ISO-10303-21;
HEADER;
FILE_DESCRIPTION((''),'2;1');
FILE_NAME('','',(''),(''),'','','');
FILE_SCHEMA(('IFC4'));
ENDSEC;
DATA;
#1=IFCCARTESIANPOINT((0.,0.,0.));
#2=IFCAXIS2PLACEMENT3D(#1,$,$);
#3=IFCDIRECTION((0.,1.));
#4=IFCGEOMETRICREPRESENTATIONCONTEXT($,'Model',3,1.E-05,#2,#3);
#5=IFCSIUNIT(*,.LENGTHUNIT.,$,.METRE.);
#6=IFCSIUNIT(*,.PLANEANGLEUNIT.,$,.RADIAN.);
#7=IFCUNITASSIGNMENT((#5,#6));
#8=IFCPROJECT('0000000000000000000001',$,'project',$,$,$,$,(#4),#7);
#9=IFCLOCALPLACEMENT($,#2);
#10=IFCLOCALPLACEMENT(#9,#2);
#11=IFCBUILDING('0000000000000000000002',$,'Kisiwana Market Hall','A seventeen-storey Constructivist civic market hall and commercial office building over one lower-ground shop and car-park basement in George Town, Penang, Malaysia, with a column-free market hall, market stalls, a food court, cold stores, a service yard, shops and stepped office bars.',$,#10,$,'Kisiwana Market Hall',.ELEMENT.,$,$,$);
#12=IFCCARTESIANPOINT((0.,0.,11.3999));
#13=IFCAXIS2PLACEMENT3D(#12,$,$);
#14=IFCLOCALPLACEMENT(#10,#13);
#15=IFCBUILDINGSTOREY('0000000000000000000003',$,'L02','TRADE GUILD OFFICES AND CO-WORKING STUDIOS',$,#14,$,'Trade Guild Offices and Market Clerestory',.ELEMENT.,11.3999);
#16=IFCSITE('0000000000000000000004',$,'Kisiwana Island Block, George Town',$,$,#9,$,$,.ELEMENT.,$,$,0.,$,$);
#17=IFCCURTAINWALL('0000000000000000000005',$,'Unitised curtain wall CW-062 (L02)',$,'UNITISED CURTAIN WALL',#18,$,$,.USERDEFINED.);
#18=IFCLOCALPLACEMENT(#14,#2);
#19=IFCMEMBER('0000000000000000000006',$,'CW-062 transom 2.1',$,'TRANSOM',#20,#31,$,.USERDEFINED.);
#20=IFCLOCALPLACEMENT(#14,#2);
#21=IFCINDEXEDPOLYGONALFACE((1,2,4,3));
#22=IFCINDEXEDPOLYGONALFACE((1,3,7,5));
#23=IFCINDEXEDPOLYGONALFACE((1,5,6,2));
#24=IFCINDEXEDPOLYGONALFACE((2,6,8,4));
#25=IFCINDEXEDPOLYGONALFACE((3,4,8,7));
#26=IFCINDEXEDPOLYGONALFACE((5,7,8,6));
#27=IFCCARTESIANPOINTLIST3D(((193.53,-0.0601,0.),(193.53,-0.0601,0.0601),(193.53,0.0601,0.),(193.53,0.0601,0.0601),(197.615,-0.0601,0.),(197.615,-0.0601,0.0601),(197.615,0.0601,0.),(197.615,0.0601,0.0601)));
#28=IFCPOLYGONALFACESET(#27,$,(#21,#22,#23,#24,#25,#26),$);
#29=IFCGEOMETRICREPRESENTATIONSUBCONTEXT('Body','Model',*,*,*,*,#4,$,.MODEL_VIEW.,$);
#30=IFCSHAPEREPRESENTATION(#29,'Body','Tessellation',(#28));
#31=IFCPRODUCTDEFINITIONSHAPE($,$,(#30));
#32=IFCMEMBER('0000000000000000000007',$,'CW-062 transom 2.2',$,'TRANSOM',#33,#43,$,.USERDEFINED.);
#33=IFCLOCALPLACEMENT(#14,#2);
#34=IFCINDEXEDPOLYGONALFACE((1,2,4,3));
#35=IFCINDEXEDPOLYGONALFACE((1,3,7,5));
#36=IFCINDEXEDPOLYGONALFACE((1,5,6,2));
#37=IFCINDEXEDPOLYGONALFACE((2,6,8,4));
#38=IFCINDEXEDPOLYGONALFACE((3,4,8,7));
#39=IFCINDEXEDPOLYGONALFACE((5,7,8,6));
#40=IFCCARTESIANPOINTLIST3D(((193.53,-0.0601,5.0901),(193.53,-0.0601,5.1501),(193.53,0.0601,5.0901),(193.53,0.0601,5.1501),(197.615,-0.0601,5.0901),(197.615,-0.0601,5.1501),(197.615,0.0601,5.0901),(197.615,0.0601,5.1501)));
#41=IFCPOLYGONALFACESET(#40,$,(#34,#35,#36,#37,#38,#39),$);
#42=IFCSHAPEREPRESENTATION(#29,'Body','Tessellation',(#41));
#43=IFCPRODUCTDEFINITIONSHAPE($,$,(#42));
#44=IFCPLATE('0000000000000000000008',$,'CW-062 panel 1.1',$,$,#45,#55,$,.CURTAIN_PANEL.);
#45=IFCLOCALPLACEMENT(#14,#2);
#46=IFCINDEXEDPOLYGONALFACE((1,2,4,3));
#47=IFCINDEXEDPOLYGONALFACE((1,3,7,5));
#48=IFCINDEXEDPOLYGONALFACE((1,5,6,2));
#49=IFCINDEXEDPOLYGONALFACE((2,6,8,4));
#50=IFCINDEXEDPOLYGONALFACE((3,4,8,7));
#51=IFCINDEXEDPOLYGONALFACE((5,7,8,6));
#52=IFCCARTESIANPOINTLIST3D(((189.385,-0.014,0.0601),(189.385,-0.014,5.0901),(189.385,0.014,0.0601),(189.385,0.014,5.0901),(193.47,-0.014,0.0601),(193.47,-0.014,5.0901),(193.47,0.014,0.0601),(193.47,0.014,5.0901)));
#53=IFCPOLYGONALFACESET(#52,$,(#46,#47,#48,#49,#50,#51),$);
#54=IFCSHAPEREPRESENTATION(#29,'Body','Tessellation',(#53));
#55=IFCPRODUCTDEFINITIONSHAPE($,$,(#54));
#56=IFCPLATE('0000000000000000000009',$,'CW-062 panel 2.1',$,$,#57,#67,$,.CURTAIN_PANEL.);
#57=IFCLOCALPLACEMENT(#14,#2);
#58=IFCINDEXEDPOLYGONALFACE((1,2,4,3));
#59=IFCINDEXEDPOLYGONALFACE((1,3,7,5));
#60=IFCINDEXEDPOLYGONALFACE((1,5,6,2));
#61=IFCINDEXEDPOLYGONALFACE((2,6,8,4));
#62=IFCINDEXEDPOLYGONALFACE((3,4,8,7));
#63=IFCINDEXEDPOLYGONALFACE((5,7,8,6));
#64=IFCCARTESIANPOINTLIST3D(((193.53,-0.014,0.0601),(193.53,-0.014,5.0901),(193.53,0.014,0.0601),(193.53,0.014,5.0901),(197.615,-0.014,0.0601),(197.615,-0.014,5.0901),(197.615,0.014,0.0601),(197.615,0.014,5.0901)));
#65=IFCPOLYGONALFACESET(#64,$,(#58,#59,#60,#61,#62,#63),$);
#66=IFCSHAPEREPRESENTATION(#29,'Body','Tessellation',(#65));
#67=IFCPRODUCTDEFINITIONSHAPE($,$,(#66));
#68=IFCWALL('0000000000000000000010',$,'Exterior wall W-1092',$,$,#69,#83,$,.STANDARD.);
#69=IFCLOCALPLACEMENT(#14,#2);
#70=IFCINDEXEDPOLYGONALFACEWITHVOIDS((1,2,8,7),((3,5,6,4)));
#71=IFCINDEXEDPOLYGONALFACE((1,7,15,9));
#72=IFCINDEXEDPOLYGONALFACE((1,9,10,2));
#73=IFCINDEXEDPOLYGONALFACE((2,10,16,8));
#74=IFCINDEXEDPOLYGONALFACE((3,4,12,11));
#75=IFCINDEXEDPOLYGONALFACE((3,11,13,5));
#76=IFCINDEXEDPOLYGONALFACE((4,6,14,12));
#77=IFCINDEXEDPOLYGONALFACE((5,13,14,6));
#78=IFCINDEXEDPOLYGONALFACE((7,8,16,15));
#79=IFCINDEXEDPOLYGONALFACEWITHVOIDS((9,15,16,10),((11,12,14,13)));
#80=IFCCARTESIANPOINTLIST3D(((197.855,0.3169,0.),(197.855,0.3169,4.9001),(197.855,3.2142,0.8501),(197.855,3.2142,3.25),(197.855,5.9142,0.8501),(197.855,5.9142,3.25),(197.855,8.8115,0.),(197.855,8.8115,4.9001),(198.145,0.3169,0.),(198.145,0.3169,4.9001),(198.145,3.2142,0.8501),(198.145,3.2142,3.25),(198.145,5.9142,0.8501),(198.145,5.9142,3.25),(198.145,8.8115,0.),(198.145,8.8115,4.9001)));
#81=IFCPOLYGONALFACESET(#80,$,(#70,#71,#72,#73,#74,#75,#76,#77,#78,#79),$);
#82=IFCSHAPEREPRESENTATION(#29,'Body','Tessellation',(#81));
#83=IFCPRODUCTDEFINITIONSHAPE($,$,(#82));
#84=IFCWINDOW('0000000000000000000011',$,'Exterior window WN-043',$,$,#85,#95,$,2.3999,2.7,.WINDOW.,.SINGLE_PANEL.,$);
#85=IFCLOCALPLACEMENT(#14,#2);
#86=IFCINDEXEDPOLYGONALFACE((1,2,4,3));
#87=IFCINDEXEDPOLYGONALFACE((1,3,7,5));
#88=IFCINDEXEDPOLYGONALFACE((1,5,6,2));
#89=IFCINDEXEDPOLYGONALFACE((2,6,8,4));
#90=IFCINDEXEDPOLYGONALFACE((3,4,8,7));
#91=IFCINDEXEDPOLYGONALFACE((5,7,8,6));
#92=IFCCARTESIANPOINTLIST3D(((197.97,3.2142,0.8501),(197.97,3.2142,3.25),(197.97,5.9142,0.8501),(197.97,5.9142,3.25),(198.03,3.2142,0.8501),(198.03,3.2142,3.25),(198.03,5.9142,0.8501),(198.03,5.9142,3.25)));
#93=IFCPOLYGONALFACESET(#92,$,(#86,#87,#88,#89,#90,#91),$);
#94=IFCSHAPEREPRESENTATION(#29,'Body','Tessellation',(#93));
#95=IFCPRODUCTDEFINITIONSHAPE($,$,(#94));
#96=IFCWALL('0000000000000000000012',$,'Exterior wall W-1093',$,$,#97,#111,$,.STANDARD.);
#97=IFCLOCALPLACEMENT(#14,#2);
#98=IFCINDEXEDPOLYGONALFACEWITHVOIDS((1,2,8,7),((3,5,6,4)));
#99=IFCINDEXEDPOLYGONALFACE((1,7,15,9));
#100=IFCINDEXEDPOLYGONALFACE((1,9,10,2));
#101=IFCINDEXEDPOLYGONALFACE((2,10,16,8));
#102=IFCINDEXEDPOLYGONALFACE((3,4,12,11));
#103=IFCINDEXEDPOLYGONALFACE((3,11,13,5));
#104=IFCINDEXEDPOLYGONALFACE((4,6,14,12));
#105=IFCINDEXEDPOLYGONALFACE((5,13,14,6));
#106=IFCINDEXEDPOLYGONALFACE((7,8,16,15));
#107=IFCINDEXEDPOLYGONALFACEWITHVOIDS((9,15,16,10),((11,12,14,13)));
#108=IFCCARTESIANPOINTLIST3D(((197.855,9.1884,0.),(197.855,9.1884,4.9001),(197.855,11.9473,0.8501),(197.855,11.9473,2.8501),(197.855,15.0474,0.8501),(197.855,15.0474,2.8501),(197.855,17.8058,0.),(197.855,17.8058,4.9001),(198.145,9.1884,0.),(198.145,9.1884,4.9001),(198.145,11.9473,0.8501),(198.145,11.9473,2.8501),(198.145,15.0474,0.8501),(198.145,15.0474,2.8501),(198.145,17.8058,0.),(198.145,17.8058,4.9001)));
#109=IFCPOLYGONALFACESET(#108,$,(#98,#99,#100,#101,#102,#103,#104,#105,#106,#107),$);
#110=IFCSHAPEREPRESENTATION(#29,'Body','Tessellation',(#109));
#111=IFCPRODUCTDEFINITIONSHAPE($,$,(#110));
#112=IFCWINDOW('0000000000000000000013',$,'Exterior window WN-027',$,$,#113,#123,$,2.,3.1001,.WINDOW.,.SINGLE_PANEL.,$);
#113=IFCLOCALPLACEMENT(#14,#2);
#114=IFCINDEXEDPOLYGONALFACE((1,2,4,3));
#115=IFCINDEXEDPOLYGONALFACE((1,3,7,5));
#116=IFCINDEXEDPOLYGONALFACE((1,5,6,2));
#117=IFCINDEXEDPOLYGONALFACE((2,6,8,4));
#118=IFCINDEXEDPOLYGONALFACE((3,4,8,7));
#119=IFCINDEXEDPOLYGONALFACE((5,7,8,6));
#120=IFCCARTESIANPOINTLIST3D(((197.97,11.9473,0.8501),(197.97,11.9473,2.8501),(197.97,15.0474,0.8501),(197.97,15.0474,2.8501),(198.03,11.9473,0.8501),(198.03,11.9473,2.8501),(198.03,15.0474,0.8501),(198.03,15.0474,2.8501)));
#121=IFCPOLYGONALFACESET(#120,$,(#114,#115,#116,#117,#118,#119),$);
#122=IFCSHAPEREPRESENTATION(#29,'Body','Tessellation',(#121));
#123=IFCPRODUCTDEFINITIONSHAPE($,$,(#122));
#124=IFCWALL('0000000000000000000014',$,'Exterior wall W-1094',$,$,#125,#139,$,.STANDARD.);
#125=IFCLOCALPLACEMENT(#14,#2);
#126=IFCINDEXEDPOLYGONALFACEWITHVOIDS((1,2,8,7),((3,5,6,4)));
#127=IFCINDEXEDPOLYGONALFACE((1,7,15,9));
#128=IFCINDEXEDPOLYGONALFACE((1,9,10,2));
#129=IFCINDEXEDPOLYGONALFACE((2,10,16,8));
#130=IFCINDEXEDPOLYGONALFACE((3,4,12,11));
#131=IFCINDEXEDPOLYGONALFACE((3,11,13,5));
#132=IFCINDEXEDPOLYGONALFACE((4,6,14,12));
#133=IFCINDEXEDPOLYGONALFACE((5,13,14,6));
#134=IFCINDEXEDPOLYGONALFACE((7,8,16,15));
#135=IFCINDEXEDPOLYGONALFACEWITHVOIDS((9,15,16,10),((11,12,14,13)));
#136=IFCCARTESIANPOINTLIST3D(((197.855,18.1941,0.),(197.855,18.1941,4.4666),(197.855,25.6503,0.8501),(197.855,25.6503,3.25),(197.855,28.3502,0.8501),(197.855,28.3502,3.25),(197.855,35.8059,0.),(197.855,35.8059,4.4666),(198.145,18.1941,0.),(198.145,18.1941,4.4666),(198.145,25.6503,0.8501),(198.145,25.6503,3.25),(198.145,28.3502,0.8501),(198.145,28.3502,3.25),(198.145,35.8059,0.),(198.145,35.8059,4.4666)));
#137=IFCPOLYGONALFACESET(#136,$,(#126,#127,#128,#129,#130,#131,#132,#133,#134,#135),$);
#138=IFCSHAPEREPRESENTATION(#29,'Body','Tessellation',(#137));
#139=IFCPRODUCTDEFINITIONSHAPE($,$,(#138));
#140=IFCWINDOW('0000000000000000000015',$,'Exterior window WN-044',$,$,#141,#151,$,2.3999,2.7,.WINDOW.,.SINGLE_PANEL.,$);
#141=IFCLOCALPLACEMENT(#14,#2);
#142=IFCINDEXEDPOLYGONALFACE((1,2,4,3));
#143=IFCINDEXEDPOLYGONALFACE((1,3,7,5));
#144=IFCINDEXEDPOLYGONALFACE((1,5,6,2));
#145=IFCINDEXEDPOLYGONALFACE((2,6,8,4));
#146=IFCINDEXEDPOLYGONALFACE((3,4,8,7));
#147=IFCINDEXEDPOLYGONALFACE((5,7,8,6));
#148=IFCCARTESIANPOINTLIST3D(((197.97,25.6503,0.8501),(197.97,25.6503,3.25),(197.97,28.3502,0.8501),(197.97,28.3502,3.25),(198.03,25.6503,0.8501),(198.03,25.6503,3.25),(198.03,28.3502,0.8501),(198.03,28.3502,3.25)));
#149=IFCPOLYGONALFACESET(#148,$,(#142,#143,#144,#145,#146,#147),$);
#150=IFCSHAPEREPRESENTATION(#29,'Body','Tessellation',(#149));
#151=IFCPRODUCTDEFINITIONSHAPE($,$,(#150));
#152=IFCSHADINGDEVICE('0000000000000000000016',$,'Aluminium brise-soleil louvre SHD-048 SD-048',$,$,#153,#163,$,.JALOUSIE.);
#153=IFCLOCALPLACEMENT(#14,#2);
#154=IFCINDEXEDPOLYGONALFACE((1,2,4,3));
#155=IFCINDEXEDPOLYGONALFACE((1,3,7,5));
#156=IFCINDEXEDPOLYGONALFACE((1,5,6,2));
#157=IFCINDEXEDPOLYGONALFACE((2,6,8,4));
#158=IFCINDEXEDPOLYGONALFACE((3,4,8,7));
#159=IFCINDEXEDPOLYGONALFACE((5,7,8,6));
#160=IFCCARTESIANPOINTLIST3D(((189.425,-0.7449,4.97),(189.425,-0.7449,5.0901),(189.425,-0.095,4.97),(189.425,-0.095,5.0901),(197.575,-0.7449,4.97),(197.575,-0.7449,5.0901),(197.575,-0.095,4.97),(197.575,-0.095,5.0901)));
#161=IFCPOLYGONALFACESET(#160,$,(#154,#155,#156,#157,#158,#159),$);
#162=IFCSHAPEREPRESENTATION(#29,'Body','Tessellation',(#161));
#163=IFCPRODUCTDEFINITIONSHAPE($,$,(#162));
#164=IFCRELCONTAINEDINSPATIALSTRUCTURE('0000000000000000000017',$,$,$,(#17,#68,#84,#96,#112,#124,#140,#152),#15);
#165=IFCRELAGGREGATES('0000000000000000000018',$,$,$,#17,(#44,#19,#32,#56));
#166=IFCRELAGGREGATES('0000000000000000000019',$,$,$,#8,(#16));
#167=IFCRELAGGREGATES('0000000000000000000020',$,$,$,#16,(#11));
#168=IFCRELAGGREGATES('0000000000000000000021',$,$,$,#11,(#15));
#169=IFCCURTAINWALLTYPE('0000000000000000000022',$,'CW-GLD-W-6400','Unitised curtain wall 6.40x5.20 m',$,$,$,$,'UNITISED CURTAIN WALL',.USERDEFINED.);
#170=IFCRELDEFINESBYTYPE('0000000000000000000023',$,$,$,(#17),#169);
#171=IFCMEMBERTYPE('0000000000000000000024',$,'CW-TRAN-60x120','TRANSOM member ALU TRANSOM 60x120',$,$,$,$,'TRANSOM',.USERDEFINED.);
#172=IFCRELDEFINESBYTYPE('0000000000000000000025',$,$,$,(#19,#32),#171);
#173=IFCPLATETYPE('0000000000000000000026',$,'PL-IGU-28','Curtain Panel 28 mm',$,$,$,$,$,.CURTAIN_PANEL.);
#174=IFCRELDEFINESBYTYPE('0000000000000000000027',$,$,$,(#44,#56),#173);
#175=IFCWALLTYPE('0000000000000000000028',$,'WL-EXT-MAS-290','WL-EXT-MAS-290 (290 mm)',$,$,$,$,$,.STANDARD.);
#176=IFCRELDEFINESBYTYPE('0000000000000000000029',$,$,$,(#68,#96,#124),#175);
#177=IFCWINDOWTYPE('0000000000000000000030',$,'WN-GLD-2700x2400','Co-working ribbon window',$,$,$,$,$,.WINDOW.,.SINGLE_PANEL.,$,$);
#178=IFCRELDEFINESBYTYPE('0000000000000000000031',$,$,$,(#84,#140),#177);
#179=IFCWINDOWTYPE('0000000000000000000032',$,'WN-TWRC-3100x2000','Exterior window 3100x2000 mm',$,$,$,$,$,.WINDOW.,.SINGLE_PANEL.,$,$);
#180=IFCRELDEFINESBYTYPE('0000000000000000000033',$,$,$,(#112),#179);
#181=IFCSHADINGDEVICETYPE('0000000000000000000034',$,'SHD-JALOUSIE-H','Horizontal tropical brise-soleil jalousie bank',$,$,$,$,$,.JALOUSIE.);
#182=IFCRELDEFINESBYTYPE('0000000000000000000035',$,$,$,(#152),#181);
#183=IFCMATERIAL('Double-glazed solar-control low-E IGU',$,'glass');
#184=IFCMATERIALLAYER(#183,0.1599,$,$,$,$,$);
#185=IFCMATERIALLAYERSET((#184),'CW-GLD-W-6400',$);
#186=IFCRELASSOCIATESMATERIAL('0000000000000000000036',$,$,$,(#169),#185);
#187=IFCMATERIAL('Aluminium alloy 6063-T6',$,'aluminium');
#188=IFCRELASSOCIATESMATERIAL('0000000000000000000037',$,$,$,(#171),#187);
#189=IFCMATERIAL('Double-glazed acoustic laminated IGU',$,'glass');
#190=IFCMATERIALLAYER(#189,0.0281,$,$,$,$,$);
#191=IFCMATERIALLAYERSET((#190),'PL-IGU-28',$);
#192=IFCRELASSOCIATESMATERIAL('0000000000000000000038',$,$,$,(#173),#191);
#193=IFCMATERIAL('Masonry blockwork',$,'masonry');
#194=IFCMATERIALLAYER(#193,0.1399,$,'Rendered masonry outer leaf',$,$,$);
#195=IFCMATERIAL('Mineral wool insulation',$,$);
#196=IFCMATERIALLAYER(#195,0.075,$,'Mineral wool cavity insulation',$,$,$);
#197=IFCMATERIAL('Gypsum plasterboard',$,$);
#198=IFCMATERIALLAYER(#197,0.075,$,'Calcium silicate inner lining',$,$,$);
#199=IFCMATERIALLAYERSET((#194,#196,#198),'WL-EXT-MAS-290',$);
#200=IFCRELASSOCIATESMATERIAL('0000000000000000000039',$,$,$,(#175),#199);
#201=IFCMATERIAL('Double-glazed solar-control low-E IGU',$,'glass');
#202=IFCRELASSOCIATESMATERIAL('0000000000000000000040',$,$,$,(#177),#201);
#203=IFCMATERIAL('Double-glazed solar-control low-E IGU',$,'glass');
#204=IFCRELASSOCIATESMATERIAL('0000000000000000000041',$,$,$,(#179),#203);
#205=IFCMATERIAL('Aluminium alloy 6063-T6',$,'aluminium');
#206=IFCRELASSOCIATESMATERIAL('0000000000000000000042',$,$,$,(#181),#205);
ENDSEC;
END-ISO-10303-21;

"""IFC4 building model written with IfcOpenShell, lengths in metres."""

from ifc_helpers import new_model, si_unit, direction, frame, frame_2d, origin, origin_2d, place, context, subcontext, project, spatial, rectangle, extrude, material, layer, layer_set, material_profile, profile_set, type_object, element, fill, aggregate, save


model = new_model("IFC4")

# Units and contexts
model_context = context("Model", 3, precision=1e-05, world=origin(), true_north=direction((0.0, 1.0)))
body_context = subcontext(model_context, "Body", "Model", "MODEL_VIEW")
ifc_project = project(units=[si_unit("LENGTHUNIT", "METRE"), si_unit("PLANEANGLEUNIT", "RADIAN")], contexts=[model_context])

# Site, building, storey
site_placement = place(None, origin())
site = spatial("IfcSite", under=ifc_project, at=site_placement, Name="Kisiwana Island Block, George Town", CompositionType="ELEMENT", RefElevation=0.0)
building_placement = place(site_placement, origin())
building = spatial("IfcBuilding", under=site, at=building_placement, Name="Kisiwana Market Hall", Description="A seventeen-storey Constructivist civic market hall and commercial office building over one lower-ground shop and car-park basement in George Town, Penang, Malaysia, with a column-free market hall, market stalls, a food court, cold stores, a service yard, shops and stepped office bars.", LongName="Kisiwana Market Hall", CompositionType="ELEMENT")
storey_placement = place(building_placement, frame((0.0, 0.0, 11.3999)))
storey = spatial("IfcBuildingStorey", under=building, at=storey_placement, Name="L02", Description="TRADE GUILD OFFICES AND CO-WORKING STUDIOS", LongName="Trade Guild Offices and Market Clerestory", CompositionType="ELEMENT", Elevation=11.3999)

# Curtain wall, members, plates
ifc_material_1 = material(Name="Double-glazed solar-control low-E IGU", Category="glass")
ifc_layer_1 = layer(ifc_material_1, 0.1599)
ifc_layer_set_1 = layer_set([ifc_layer_1], Name="CW-GLD-W-6400")
curtain_wall_type = type_object("IfcCurtainWallType", Name="CW-GLD-W-6400", Description="Unitised curtain wall 6.40x5.20 m", ElementType="UNITISED CURTAIN WALL", PredefinedType="USERDEFINED", material=ifc_layer_set_1)
curtain_wall_placement = place(storey_placement, origin())
curtain_wall = element("IfcCurtainWall", 1, at=curtain_wall_placement, inside=storey, type_object=curtain_wall_type, Name="Unitised curtain wall CW-062 (L02)", ObjectType="UNITISED CURTAIN WALL", PredefinedType="USERDEFINED")
ifc_material_2 = material(Name="Aluminium alloy 6063-T6", Category="aluminium")
ifc_material_profile_1 = material_profile(ifc_material_2, rectangle(XDim=0.1201, YDim=0.0601, at=origin_2d()), Name="ALU TRANSOM 60x120")
ifc_profile_set_1 = profile_set([ifc_material_profile_1], Name="Aluminium alloy 6063-T6")
member_type_1 = type_object("IfcMemberType", Name="CW-TRAN-60x120", Description="TRANSOM member ALU TRANSOM 60x120", ElementType="TRANSOM", PredefinedType="USERDEFINED", material=ifc_profile_set_1)
member_1_placement = place(storey_placement, frame((193.53, 0.0, 0.03), z_axis=(1.0, 0.0, 0.0), x_axis=(0.0, 1.0, 0.0)))
member_1 = element("IfcMember", 2, at=member_1_placement, type_object=member_type_1, Name="CW-062 transom 2.1", ObjectType="TRANSOM", PredefinedType="USERDEFINED", context=body_context, shape_type="SweptSolid", body=[
    extrude(rectangle(XDim=0.1201, YDim=0.0601, at=origin_2d()), origin(), (0.0, 0.0, 1.0), 4.085),
])
member_2_placement = place(storey_placement, frame((193.53, 0.0, 5.1201), z_axis=(1.0, 0.0, 0.0), x_axis=(0.0, 1.0, 0.0)))
member_2 = element("IfcMember", 3, at=member_2_placement, type_object=member_type_1, Name="CW-062 transom 2.2", ObjectType="TRANSOM", PredefinedType="USERDEFINED", context=body_context, shape_type="SweptSolid", body=[
    extrude(rectangle(XDim=0.1201, YDim=0.0601, at=origin_2d()), origin(), (0.0, 0.0, 1.0), 4.085),
])
ifc_material_3 = material(Name="Double-glazed acoustic laminated IGU", Category="glass")
ifc_layer_2 = layer(ifc_material_3, 0.0281)
ifc_layer_set_2 = layer_set([ifc_layer_2], Name="PL-IGU-28")
plate_type = type_object("IfcPlateType", Name="PL-IGU-28", Description="Curtain Panel 28 mm", PredefinedType="CURTAIN_PANEL", material=ifc_layer_set_2)
plate_1_placement = place(storey_placement, frame((191.4275, 0.0, 0.0601), z_axis=(0.0, 0.0, 1.0), x_axis=(1.0, 0.0, 0.0)))
plate_1 = element("IfcPlate", 4, at=plate_1_placement, type_object=plate_type, Name="CW-062 panel 1.1", PredefinedType="CURTAIN_PANEL", context=body_context, shape_type="SweptSolid", body=[
    extrude(rectangle(XDim=4.085, YDim=0.0281, at=origin_2d()), origin(), (0.0, 0.0, 1.0), 5.03),
])
plate_2_placement = place(storey_placement, frame((195.5725, 0.0, 0.0601), z_axis=(0.0, 0.0, 1.0), x_axis=(1.0, 0.0, 0.0)))
plate_2 = element("IfcPlate", 5, at=plate_2_placement, type_object=plate_type, Name="CW-062 panel 2.1", PredefinedType="CURTAIN_PANEL", context=body_context, shape_type="SweptSolid", body=[
    extrude(rectangle(XDim=4.085, YDim=0.0281, at=origin_2d()), origin(), (0.0, 0.0, 1.0), 5.03),
])
aggregate(curtain_wall, [plate_1, member_1, member_2, plate_2])

# Walls, openings, windows
ifc_material_4 = material(Name="Masonry blockwork", Category="masonry")
ifc_layer_3 = layer(ifc_material_4, 0.1399, Name="Rendered masonry outer leaf")
ifc_material_5 = material(Name="Mineral wool insulation")
ifc_layer_4 = layer(ifc_material_5, 0.075, Name="Mineral wool cavity insulation")
ifc_material_6 = material(Name="Gypsum plasterboard")
ifc_layer_5 = layer(ifc_material_6, 0.075, Name="Calcium silicate inner lining")
ifc_layer_set_3 = layer_set([ifc_layer_3, ifc_layer_4, ifc_layer_5], Name="WL-EXT-MAS-290")
wall_type = type_object("IfcWallType", Name="WL-EXT-MAS-290", Description="WL-EXT-MAS-290 (290 mm)", PredefinedType="STANDARD", material=ifc_layer_set_3)
wall_1_placement = place(storey_placement, frame((198.0, 0.3169, 0.0), z_axis=(0.0, 0.0, 1.0), x_axis=(0.0, 1.0, 0.0)))
wall_1 = element("IfcWall", 6, at=wall_1_placement, inside=storey, type_object=wall_type, Name="Exterior wall W-1092", PredefinedType="STANDARD", context=body_context, shape_type="SweptSolid", body=[
    extrude(rectangle(XDim=8.4946, YDim=0.29, at=frame_2d((4.2473, 0.0))), origin(), (0.0, 0.0, 1.0), 4.9001),
])
opening_1_placement = place(wall_1_placement, frame((2.8972, 0.0, 0.8501)))
opening_1 = element("IfcOpeningElement", 7, at=opening_1_placement, cuts=wall_1, PredefinedType="OPENING", context=body_context, shape_type="SweptSolid", body=[
    extrude(rectangle(XDim=2.7, YDim=2.3999, at=frame_2d((1.3501, 1.2))), frame((0.0, 0.157, 0.0), z_axis=(0.0, -1.0, 0.0), x_axis=(1.0, 0.0, 0.0)), (0.0, 0.0, 1.0), 0.314),
])
ifc_material_7 = material(Name="Double-glazed solar-control low-E IGU", Category="glass")
window_type_1 = type_object("IfcWindowType", Name="WN-GLD-2700x2400", Description="Co-working ribbon window", PartitioningType="SINGLE_PANEL", PredefinedType="WINDOW", material=ifc_material_7)
window_1_placement = place(opening_1_placement, origin())
window_1 = element("IfcWindow", 8, at=window_1_placement, inside=storey, type_object=window_type_1, Name="Exterior window WN-043", OverallHeight=2.3999, OverallWidth=2.7, PartitioningType="SINGLE_PANEL", PredefinedType="WINDOW", context=body_context, shape_type="SweptSolid", body=[
    extrude(rectangle(XDim=2.7, YDim=2.3999, at=frame_2d((1.3501, 1.2))), frame((0.0, 0.03, 0.0), z_axis=(0.0, -1.0, 0.0), x_axis=(1.0, 0.0, 0.0)), (0.0, 0.0, 1.0), 0.0601),
])
fill(opening_1, window_1)
wall_2_placement = place(storey_placement, frame((198.0, 9.1885, 0.0), z_axis=(0.0, 0.0, 1.0), x_axis=(0.0, 1.0, 0.0)))
wall_2 = element("IfcWall", 9, at=wall_2_placement, inside=storey, type_object=wall_type, Name="Exterior wall W-1093", PredefinedType="STANDARD", context=body_context, shape_type="SweptSolid", body=[
    extrude(rectangle(XDim=8.6174, YDim=0.29, at=frame_2d((4.3086, 0.0))), origin(), (0.0, 0.0, 1.0), 4.9001),
])
opening_2_placement = place(wall_2_placement, frame((2.7588, 0.0, 0.8501)))
opening_2 = element("IfcOpeningElement", 10, at=opening_2_placement, cuts=wall_2, PredefinedType="OPENING", context=body_context, shape_type="SweptSolid", body=[
    extrude(rectangle(XDim=3.1001, YDim=2.0, at=frame_2d((1.55, 1.0))), frame((0.0, 0.157, 0.0), z_axis=(0.0, -1.0, 0.0), x_axis=(1.0, 0.0, 0.0)), (0.0, 0.0, 1.0), 0.314),
])
ifc_material_8 = material(Name="Double-glazed solar-control low-E IGU", Category="glass")
window_type_2 = type_object("IfcWindowType", Name="WN-TWRC-3100x2000", Description="Exterior window 3100x2000 mm", PartitioningType="SINGLE_PANEL", PredefinedType="WINDOW", material=ifc_material_8)
window_2_placement = place(opening_2_placement, origin())
window_2 = element("IfcWindow", 11, at=window_2_placement, inside=storey, type_object=window_type_2, Name="Exterior window WN-027", OverallHeight=2.0, OverallWidth=3.1001, PartitioningType="SINGLE_PANEL", PredefinedType="WINDOW", context=body_context, shape_type="SweptSolid", body=[
    extrude(rectangle(XDim=3.1001, YDim=2.0, at=frame_2d((1.55, 1.0))), frame((0.0, 0.03, 0.0), z_axis=(0.0, -1.0, 0.0), x_axis=(1.0, 0.0, 0.0)), (0.0, 0.0, 1.0), 0.0601),
])
fill(opening_2, window_2)
wall_3_placement = place(storey_placement, frame((198.0, 18.1941, 0.0), z_axis=(0.0, 0.0, 1.0), x_axis=(0.0, 1.0, 0.0)))
wall_3 = element("IfcWall", 12, at=wall_3_placement, inside=storey, type_object=wall_type, Name="Exterior wall W-1094", PredefinedType="STANDARD", context=body_context, shape_type="SweptSolid", body=[
    extrude(rectangle(XDim=17.6118, YDim=0.29, at=frame_2d((8.8059, 0.0))), origin(), (0.0, 0.0, 1.0), 4.4666),
])
opening_3_placement = place(wall_3_placement, frame((7.4561, 0.0, 0.8501)))
opening_3 = element("IfcOpeningElement", 13, at=opening_3_placement, cuts=wall_3, PredefinedType="OPENING", context=body_context, shape_type="SweptSolid", body=[
    extrude(rectangle(XDim=2.7, YDim=2.3999, at=frame_2d((1.3501, 1.2))), frame((0.0, 0.157, 0.0), z_axis=(0.0, -1.0, 0.0), x_axis=(1.0, 0.0, 0.0)), (0.0, 0.0, 1.0), 0.314),
])
window_3_placement = place(opening_3_placement, origin())
window_3 = element("IfcWindow", 14, at=window_3_placement, inside=storey, type_object=window_type_1, Name="Exterior window WN-044", OverallHeight=2.3999, OverallWidth=2.7, PartitioningType="SINGLE_PANEL", PredefinedType="WINDOW", context=body_context, shape_type="SweptSolid", body=[
    extrude(rectangle(XDim=2.7, YDim=2.3999, at=frame_2d((1.3501, 1.2))), frame((0.0, 0.03, 0.0), z_axis=(0.0, -1.0, 0.0), x_axis=(1.0, 0.0, 0.0)), (0.0, 0.0, 1.0), 0.0601),
])
fill(opening_3, window_3)

# Shading device
ifc_material_9 = material(Name="Aluminium alloy 6063-T6", Category="aluminium")
shading_device_type_1 = type_object("IfcShadingDeviceType", Name="SHD-JALOUSIE-H", Description="Horizontal tropical brise-soleil jalousie bank", PredefinedType="JALOUSIE", material=ifc_material_9)
shading_device_1_placement = place(storey_placement, frame((193.5, -0.4199, 4.97), z_axis=(0.0, 0.0, 1.0), x_axis=(1.0, 0.0, 0.0)))
element("IfcShadingDevice", 15, at=shading_device_1_placement, inside=storey, type_object=shading_device_type_1, Name="Aluminium brise-soleil louvre SHD-048 SD-048", PredefinedType="JALOUSIE", context=body_context, shape_type="SweptSolid", body=[
    extrude(rectangle(XDim=8.1499, YDim=0.6499, at=origin_2d()), origin(), (0.0, 0.0, 1.0), 0.1201),
])

save(model, "model.ifc")
